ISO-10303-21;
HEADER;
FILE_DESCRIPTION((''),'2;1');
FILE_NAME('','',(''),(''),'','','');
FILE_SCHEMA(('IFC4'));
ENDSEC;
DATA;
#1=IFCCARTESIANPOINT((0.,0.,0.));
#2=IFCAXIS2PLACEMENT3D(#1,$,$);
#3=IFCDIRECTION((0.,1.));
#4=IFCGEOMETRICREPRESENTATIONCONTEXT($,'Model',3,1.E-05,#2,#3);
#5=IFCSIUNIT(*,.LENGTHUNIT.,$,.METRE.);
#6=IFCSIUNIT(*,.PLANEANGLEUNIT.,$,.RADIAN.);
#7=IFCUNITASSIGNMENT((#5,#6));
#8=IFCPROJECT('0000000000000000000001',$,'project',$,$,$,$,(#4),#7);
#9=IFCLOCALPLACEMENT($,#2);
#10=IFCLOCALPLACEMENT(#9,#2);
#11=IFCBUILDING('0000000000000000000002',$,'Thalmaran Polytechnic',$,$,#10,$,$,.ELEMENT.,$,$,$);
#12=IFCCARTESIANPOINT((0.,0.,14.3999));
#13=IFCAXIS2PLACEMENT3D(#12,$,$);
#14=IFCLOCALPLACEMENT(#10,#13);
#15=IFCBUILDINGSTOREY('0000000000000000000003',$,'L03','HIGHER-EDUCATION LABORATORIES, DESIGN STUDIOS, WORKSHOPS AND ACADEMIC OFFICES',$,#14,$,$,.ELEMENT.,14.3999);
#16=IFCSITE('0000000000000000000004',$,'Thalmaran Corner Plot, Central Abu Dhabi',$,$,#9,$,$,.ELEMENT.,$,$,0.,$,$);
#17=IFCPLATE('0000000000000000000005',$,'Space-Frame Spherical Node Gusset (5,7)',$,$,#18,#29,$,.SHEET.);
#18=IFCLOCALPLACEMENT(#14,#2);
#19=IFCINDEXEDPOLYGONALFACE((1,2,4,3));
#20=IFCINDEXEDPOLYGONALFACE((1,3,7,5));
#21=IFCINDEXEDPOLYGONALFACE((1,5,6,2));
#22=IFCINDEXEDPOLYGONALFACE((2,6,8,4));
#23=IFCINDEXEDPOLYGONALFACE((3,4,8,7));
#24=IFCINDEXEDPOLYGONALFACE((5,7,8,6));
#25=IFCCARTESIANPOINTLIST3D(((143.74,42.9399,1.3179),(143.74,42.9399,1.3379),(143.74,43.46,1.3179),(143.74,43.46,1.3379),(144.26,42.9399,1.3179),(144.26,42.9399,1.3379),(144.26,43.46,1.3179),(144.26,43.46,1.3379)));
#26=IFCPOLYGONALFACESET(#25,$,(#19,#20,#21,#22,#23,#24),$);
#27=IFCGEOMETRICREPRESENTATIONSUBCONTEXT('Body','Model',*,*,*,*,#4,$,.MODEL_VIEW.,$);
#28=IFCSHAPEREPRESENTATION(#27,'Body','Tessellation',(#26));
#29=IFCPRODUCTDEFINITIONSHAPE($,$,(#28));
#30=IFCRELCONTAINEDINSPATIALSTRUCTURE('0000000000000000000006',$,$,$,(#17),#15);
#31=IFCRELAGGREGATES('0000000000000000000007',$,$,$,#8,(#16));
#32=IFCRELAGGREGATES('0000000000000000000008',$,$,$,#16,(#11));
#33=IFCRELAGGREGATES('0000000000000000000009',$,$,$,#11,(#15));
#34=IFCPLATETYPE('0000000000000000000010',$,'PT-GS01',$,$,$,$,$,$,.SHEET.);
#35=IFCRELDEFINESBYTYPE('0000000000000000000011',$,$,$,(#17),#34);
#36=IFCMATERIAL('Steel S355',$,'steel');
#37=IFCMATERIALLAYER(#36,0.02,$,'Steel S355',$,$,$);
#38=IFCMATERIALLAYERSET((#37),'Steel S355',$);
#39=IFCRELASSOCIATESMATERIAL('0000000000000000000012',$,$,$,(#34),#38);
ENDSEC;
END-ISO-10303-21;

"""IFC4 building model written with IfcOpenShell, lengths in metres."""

from ifc_helpers import new_model, si_unit, direction, frame, origin, origin_2d, place, context, subcontext, project, spatial, rectangle, extrude, material, layer, layer_set, type_object, element, save


model = new_model("IFC4")

# Units and contexts
model_context = context("Model", 3, precision=1e-05, world=origin(), true_north=direction((0.0, 1.0)))
body_context = subcontext(model_context, "Body", "Model", "MODEL_VIEW")
ifc_project = project(units=[si_unit("LENGTHUNIT", "METRE"), si_unit("PLANEANGLEUNIT", "RADIAN")], contexts=[model_context])

# Site, building, storey
site_placement = place(None, origin())
site = spatial("IfcSite", under=ifc_project, at=site_placement, Name="Thalmaran Corner Plot, Central Abu Dhabi", CompositionType="ELEMENT", RefElevation=0.0)
building_placement = place(site_placement, origin())
building = spatial("IfcBuilding", under=site, at=building_placement, Name="Thalmaran Polytechnic", CompositionType="ELEMENT")
storey_placement = place(building_placement, frame((0.0, 0.0, 14.3999)))
storey = spatial("IfcBuildingStorey", under=building, at=storey_placement, Name="L03", Description="HIGHER-EDUCATION LABORATORIES, DESIGN STUDIOS, WORKSHOPS AND ACADEMIC OFFICES", CompositionType="ELEMENT", Elevation=14.3999)

# Shared definitions
ifc_material = material(Name="Steel S355", Category="steel")

# Plate
ifc_layer = layer(ifc_material, 0.02, Name="Steel S355")
ifc_layer_set = layer_set([ifc_layer], Name="Steel S355")
plate_type = type_object("IfcPlateType", Name="PT-GS01", PredefinedType="SHEET", material=ifc_layer_set)
for number, where, z_axis, x_axis, name in (
    (1, (144.0, 43.2, 1.3179), (0.0, 0.0, 1.0), (1.0, 0.0, 0.0), "Space-Frame Spherical Node Gusset (5,7)"),
):
    element("IfcPlate", number, at=place(storey_placement, frame(where, z_axis=z_axis, x_axis=x_axis)), inside=storey, type_object=plate_type, Name=name, PredefinedType="SHEET", context=body_context, shape_type="SweptSolid", body=[
        extrude(rectangle(XDim=0.52, YDim=0.52, at=origin_2d()), origin(), (0.0, 0.0, 1.0), 0.02),
    ])

save(model, "model.ifc")
